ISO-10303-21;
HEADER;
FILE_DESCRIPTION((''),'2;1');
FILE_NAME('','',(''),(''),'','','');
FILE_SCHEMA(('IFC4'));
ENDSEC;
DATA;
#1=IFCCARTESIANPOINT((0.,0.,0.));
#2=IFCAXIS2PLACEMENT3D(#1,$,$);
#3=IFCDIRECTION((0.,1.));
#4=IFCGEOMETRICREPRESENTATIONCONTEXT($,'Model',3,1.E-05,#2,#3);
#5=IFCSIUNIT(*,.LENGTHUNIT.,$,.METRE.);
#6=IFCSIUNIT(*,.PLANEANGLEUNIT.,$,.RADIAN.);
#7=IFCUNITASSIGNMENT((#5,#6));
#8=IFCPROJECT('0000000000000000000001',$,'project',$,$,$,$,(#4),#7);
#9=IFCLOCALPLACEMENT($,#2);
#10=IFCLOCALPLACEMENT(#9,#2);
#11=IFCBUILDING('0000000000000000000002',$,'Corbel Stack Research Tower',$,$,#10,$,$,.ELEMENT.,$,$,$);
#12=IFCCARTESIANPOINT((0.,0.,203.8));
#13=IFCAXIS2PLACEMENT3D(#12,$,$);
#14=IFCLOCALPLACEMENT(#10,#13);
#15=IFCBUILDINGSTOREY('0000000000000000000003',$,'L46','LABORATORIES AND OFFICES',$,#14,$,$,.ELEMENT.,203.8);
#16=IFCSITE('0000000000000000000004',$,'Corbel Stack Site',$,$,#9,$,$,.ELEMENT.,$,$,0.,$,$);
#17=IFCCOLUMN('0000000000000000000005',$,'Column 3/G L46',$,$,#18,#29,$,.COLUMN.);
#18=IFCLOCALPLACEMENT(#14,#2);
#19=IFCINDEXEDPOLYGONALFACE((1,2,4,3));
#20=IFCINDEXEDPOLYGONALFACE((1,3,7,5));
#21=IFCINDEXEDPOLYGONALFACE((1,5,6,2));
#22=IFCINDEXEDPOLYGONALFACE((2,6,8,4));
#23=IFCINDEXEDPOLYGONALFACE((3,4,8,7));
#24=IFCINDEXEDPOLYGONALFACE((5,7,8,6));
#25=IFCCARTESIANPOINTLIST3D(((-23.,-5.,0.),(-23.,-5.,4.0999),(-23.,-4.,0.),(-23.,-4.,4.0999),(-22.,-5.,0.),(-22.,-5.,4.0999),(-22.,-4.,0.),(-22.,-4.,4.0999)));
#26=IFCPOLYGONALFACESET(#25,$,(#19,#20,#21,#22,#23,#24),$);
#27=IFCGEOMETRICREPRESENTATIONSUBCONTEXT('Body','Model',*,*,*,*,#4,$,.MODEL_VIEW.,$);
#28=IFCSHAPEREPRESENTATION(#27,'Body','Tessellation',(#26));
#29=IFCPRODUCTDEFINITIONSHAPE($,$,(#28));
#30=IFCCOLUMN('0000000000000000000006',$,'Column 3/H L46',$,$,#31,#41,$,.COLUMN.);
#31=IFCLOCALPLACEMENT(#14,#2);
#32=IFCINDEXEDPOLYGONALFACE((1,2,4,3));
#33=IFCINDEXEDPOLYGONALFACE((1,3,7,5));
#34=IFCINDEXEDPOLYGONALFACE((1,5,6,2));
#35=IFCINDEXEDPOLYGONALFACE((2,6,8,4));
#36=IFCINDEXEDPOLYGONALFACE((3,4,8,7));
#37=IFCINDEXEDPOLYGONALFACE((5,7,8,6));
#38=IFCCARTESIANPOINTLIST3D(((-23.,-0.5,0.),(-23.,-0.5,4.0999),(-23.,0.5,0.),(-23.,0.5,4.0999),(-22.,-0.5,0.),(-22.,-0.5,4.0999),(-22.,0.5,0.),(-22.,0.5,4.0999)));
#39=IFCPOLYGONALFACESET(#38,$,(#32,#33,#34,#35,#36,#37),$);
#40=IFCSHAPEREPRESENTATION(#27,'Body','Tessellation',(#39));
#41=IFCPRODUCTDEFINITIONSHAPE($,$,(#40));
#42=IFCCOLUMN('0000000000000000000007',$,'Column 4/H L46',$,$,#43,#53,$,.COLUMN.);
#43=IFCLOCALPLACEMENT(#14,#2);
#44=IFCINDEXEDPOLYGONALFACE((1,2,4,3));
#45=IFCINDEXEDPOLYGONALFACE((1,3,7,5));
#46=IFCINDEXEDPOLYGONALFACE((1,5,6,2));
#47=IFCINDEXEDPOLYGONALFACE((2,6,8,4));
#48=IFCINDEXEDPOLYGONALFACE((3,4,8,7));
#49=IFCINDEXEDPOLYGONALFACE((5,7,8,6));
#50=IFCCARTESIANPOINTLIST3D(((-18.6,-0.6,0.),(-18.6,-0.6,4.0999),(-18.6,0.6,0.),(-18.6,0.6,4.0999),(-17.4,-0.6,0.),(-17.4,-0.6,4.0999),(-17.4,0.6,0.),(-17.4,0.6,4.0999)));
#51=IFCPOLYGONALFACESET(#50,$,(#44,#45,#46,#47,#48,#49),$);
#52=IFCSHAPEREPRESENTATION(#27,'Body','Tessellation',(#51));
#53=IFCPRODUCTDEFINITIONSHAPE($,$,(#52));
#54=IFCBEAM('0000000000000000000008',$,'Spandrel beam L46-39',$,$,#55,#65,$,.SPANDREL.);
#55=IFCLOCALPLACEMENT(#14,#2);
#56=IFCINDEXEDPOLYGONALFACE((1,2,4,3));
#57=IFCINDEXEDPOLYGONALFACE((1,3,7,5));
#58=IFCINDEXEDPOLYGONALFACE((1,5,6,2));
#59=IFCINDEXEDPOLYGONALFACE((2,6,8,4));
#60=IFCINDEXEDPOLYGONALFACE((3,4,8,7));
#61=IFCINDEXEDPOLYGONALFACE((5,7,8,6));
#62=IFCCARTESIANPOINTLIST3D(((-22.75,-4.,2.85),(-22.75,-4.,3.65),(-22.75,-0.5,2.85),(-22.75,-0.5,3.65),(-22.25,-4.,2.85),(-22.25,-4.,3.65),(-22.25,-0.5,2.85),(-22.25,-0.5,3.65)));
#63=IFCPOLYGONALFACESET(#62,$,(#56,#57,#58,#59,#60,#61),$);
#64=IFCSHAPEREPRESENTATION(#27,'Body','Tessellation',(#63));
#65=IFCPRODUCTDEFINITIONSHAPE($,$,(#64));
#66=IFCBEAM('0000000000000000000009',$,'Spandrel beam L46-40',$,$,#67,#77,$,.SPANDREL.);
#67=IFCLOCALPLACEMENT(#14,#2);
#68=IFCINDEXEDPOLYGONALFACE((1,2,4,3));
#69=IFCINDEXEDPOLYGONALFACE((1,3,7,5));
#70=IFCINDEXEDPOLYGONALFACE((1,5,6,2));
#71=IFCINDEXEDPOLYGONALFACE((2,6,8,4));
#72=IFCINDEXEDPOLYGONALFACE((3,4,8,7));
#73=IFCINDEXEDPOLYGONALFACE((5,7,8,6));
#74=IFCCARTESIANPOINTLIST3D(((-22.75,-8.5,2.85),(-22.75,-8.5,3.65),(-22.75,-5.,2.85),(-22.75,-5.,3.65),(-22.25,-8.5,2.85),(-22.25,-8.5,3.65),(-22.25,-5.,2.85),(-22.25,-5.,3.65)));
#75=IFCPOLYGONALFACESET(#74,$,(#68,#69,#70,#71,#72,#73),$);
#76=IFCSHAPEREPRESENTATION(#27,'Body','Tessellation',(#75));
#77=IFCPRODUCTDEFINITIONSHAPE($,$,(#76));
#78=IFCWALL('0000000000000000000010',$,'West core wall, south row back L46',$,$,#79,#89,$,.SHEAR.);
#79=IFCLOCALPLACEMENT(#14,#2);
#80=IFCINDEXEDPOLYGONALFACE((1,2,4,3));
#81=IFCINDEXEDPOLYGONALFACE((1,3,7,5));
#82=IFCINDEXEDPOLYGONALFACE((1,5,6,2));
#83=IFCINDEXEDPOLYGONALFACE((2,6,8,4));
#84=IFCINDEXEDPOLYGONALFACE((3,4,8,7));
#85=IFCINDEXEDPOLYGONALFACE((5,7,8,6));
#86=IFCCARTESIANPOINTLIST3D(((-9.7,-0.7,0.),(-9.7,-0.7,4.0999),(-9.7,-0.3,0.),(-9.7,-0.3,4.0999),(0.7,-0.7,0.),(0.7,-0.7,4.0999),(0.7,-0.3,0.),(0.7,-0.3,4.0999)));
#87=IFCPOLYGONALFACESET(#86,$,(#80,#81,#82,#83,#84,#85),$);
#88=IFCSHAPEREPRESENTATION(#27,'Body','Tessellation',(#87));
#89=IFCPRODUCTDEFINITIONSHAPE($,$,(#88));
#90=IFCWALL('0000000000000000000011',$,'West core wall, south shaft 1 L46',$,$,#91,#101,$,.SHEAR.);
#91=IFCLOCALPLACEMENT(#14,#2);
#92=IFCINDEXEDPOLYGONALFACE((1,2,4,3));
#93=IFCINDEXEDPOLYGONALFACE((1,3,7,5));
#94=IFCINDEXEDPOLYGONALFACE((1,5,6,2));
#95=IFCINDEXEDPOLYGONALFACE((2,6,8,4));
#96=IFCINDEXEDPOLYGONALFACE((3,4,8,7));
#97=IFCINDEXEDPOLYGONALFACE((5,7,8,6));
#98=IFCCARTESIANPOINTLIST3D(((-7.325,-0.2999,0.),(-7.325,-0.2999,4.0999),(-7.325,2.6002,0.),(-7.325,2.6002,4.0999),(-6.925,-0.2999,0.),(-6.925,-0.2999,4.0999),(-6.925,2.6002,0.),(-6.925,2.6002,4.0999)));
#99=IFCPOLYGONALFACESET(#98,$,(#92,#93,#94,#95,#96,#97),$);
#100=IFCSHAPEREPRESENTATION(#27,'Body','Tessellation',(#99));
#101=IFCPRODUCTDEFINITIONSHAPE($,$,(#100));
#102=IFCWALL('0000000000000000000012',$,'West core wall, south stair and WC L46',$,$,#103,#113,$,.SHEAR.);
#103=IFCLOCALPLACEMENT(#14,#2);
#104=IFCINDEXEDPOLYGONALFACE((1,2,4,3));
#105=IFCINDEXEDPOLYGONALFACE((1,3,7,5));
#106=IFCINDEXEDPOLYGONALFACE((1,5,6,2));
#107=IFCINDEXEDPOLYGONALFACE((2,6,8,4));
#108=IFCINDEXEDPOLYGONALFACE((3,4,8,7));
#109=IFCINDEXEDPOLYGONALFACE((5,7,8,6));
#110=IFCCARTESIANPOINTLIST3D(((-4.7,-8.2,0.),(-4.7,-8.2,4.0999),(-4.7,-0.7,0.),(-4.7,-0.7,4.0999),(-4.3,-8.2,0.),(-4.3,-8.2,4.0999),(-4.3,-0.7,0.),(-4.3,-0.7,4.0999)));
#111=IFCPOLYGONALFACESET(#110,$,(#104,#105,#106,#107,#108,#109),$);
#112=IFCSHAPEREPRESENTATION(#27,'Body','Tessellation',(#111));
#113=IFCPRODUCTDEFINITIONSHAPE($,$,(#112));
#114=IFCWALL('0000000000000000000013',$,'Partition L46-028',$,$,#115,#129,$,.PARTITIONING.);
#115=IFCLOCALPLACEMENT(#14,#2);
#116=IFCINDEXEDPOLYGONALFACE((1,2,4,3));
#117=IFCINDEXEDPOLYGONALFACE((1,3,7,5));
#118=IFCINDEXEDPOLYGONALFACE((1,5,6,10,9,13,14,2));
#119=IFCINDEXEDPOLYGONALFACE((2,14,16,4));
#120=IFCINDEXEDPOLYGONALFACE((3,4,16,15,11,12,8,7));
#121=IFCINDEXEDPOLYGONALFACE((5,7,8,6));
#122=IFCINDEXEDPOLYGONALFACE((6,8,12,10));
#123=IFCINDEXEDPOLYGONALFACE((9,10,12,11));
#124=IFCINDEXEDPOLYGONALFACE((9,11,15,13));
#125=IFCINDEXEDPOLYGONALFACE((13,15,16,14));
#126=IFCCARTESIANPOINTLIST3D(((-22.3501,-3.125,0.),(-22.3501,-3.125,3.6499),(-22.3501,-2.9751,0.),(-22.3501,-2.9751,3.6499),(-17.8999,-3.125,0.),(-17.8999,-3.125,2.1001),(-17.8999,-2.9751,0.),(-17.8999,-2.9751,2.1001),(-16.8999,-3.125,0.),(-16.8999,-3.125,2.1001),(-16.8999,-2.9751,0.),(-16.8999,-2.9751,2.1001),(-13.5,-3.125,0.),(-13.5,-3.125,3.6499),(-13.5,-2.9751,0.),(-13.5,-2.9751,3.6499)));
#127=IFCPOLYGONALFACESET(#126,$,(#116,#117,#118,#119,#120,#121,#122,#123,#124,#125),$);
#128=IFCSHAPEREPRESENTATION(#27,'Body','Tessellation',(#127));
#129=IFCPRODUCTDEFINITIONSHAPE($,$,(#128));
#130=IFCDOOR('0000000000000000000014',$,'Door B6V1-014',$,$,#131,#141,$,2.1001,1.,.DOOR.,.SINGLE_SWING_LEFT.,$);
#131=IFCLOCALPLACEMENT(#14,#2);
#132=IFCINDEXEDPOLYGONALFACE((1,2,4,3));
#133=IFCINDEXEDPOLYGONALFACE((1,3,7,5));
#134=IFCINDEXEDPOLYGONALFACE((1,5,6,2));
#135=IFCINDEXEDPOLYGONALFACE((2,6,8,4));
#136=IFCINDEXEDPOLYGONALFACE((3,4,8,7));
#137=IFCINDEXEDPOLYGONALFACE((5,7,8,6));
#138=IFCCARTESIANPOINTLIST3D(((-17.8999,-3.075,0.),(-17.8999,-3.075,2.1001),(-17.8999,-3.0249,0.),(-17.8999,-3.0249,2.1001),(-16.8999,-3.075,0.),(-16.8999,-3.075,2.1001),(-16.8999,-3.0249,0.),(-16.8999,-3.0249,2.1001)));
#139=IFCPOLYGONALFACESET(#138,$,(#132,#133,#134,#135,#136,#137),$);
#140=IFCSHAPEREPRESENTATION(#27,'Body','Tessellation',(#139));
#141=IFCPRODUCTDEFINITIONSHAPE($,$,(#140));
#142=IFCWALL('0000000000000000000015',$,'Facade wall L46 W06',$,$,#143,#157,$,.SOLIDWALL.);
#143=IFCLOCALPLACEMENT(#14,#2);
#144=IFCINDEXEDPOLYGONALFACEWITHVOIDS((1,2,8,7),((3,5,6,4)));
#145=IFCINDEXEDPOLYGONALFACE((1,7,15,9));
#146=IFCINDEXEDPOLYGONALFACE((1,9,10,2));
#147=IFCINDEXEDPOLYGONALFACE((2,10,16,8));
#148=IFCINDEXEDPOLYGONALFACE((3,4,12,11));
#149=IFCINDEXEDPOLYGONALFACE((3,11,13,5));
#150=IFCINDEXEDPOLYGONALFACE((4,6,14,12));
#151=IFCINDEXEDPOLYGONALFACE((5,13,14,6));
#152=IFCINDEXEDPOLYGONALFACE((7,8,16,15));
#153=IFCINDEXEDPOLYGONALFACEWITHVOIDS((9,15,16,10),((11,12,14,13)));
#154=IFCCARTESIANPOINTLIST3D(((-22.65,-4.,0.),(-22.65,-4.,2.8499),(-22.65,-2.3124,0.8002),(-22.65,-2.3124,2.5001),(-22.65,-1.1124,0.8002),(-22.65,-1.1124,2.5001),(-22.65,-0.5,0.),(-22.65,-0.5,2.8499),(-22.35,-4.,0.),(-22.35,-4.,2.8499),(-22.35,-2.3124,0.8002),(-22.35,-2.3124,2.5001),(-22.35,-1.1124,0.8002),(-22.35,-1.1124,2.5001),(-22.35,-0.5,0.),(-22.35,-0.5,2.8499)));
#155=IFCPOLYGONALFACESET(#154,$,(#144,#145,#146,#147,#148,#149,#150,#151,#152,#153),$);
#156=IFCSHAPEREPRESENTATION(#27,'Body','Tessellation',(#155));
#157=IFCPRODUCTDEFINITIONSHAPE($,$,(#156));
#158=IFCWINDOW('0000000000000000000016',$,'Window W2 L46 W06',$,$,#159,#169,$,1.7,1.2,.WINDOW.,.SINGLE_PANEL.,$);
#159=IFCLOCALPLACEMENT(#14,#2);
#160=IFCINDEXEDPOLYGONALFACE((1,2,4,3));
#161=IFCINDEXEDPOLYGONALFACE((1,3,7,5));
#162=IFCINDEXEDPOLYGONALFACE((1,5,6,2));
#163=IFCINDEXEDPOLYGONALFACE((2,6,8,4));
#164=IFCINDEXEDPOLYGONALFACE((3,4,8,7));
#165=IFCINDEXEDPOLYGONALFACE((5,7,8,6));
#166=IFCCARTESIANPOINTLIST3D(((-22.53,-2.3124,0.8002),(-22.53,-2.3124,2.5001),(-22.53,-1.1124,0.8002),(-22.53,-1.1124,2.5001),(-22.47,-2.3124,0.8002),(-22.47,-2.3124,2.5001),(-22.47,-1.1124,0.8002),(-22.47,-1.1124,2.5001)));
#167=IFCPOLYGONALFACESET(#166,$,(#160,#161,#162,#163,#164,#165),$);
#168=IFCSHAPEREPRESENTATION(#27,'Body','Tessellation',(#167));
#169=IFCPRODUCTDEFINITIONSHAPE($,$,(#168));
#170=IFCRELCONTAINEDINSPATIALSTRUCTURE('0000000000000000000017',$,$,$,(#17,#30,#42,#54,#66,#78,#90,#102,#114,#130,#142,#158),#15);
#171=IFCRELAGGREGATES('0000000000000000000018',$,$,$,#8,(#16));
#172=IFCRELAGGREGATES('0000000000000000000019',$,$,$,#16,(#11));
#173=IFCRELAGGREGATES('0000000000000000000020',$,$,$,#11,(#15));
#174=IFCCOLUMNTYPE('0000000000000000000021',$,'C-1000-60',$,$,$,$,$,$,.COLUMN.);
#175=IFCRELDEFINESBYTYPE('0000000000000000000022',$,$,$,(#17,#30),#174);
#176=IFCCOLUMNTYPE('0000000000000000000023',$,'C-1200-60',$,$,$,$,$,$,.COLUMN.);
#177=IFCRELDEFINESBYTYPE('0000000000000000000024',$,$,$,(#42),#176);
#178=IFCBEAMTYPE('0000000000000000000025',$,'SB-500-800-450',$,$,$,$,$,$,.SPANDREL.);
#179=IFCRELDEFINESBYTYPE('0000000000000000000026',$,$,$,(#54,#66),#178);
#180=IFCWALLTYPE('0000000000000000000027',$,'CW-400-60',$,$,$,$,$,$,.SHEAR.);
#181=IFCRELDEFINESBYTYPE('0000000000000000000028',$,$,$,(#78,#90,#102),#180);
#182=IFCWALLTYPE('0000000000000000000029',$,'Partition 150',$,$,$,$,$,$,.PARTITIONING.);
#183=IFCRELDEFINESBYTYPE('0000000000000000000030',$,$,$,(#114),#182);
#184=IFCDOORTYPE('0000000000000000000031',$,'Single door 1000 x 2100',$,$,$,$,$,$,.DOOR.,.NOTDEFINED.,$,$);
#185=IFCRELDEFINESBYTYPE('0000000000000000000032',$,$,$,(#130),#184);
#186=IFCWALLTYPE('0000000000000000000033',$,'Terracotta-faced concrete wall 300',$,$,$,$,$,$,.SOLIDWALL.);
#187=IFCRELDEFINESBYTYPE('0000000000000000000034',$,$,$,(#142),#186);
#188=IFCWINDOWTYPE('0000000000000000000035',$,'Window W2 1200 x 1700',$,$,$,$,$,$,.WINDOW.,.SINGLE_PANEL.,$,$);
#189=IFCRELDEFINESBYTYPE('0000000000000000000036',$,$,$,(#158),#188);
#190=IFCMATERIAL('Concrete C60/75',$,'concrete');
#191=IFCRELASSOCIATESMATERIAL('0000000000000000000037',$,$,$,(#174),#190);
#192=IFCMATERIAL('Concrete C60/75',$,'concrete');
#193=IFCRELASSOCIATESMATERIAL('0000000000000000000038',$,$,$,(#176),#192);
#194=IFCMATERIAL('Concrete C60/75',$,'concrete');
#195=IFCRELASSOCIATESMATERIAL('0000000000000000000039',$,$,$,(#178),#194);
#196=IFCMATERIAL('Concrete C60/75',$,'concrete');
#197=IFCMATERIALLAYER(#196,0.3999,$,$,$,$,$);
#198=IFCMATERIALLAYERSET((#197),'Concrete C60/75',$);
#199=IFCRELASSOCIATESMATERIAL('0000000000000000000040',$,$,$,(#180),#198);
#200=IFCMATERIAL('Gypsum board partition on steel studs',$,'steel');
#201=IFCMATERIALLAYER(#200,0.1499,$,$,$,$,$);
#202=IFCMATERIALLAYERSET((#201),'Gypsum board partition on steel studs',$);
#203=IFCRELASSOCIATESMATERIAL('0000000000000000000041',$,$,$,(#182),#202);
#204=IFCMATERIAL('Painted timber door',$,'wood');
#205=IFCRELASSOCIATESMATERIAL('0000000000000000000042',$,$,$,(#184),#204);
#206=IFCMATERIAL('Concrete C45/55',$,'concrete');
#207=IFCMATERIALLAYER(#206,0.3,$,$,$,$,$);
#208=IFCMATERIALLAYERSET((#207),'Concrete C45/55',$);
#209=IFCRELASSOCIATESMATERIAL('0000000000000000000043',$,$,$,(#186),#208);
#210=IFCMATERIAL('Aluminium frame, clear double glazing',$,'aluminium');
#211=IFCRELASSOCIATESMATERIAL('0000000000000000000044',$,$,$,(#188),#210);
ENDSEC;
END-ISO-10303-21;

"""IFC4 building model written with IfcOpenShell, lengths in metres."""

from ifc_helpers import new_model, si_unit, direction, frame, frame_2d, origin, origin_2d, place, context, subcontext, project, spatial, rectangle, extrude, material, layer, layer_set, material_profile, profile_set, type_object, element, fill, save


model = new_model("IFC4")

# Units and contexts
model_context = context("Model", 3, precision=1e-05, world=origin(), true_north=direction((0.0, 1.0)))
body_context = subcontext(model_context, "Body", "Model", "MODEL_VIEW")
ifc_project = project(units=[si_unit("LENGTHUNIT", "METRE"), si_unit("PLANEANGLEUNIT", "RADIAN")], contexts=[model_context])

# Site, building, storey
site_placement = place(None, origin())
site = spatial("IfcSite", under=ifc_project, at=site_placement, Name="Corbel Stack Site", CompositionType="ELEMENT", RefElevation=0.0)
building_placement = place(site_placement, origin())
building = spatial("IfcBuilding", under=site, at=building_placement, Name="Corbel Stack Research Tower", CompositionType="ELEMENT")
storey_placement = place(building_placement, frame((0.0, 0.0, 203.8)))
storey = spatial("IfcBuildingStorey", under=building, at=storey_placement, Name="L46", Description="LABORATORIES AND OFFICES", CompositionType="ELEMENT", Elevation=203.8)

# Columns
ifc_material_1 = material(Name="Concrete C60/75", Category="concrete")
ifc_material_profile_1 = material_profile(ifc_material_1, rectangle(XDim=1.0, YDim=1.0, at=origin_2d()), Name="RC 1000 x 1000")
ifc_profile_set_1 = profile_set([ifc_material_profile_1], Name="Concrete C60/75")
column_type_1 = type_object("IfcColumnType", Name="C-1000-60", PredefinedType="COLUMN", material=ifc_profile_set_1)
for number, where, z_axis, x_axis, name in (
    (1, (-22.5, -4.5, 0.0), (0.0, 0.0, 1.0), (1.0, 0.0, 0.0), "Column 3/G L46"),
    (2, (-22.5, 0.0, 0.0), (0.0, 0.0, 1.0), (1.0, 0.0, 0.0), "Column 3/H L46"),
):
    element("IfcColumn", number, at=place(storey_placement, frame(where, z_axis=z_axis, x_axis=x_axis)), inside=storey, type_object=column_type_1, Name=name, PredefinedType="COLUMN", context=body_context, shape_type="SweptSolid", body=[
        extrude(rectangle(XDim=1.0, YDim=1.0, at=origin_2d()), origin(), (0.0, 0.0, 1.0), 4.0999),
    ])
ifc_material_2 = material(Name="Concrete C60/75", Category="concrete")
ifc_material_profile_2 = material_profile(ifc_material_2, rectangle(XDim=1.2, YDim=1.2, at=origin_2d()), Name="RC 1200 x 1200")
ifc_profile_set_2 = profile_set([ifc_material_profile_2], Name="Concrete C60/75")
column_type_2 = type_object("IfcColumnType", Name="C-1200-60", PredefinedType="COLUMN", material=ifc_profile_set_2)
column_placement = place(storey_placement, frame((-18.0, 0.0, 0.0), z_axis=(0.0, 0.0, 1.0), x_axis=(1.0, 0.0, 0.0)))
element("IfcColumn", 3, at=column_placement, inside=storey, type_object=column_type_2, Name="Column 4/H L46", PredefinedType="COLUMN", context=body_context, shape_type="SweptSolid", body=[
    extrude(rectangle(XDim=1.2, YDim=1.2, at=origin_2d()), origin(), (0.0, 0.0, 1.0), 4.0999),
])

# Beams
ifc_material_3 = material(Name="Concrete C60/75", Category="concrete")
ifc_material_profile_3 = material_profile(ifc_material_3, rectangle(XDim=0.5, YDim=0.8, at=origin_2d()), Name="RC 500 x 800")
ifc_profile_set_3 = profile_set([ifc_material_profile_3], Name="Concrete C60/75")
beam_type = type_object("IfcBeamType", Name="SB-500-800-450", PredefinedType="SPANDREL", material=ifc_profile_set_3)
for number, where, z_axis, x_axis, name in (
    (4, (-22.5, -0.5, 3.25), (0.0, -1.0, 0.0), (1.0, 0.0, 0.0), "Spandrel beam L46-39"),
    (5, (-22.5, -5.0, 3.25), (0.0, -1.0, 0.0), (1.0, 0.0, 0.0), "Spandrel beam L46-40"),
):
    element("IfcBeam", number, at=place(storey_placement, frame(where, z_axis=z_axis, x_axis=x_axis)), inside=storey, type_object=beam_type, Name=name, PredefinedType="SPANDREL", context=body_context, shape_type="SweptSolid", body=[
        extrude(rectangle(XDim=0.5, YDim=0.8, at=origin_2d()), origin(), (0.0, 0.0, 1.0), 3.5),
    ])

# Walls
ifc_material_4 = material(Name="Concrete C60/75", Category="concrete")
ifc_layer_1 = layer(ifc_material_4, 0.3999)
ifc_layer_set_1 = layer_set([ifc_layer_1], Name="Concrete C60/75")
wall_type_1 = type_object("IfcWallType", Name="CW-400-60", PredefinedType="SHEAR", material=ifc_layer_set_1)
wall_1_placement = place(storey_placement, frame((-9.7, -0.5, 0.0), z_axis=(0.0, 0.0, 1.0), x_axis=(1.0, 0.0, 0.0)))
element("IfcWall", 6, at=wall_1_placement, inside=storey, type_object=wall_type_1, Name="West core wall, south row back L46", PredefinedType="SHEAR", context=body_context, shape_type="SweptSolid", body=[
    extrude(rectangle(XDim=10.3999, YDim=0.3999, at=frame_2d((5.2, 0.0))), origin(), (0.0, 0.0, 1.0), 4.0999),
])
wall_2_placement = place(storey_placement, frame((-7.125, -0.3, 0.0), z_axis=(0.0, 0.0, 1.0), x_axis=(0.0, 1.0, 0.0)))
element("IfcWall", 7, at=wall_2_placement, inside=storey, type_object=wall_type_1, Name="West core wall, south shaft 1 L46", PredefinedType="SHEAR", context=body_context, shape_type="SweptSolid", body=[
    extrude(rectangle(XDim=2.9001, YDim=0.3999, at=frame_2d((1.4502, 0.0))), origin(), (0.0, 0.0, 1.0), 4.0999),
])
wall_3_placement = place(storey_placement, frame((-4.5, -8.2, 0.0), z_axis=(0.0, 0.0, 1.0), x_axis=(0.0, 1.0, 0.0)))
element("IfcWall", 8, at=wall_3_placement, inside=storey, type_object=wall_type_1, Name="West core wall, south stair and WC L46", PredefinedType="SHEAR", context=body_context, shape_type="SweptSolid", body=[
    extrude(rectangle(XDim=7.5, YDim=0.3999, at=frame_2d((3.75, 0.0))), origin(), (0.0, 0.0, 1.0), 4.0999),
])

# Wall, opening, door
ifc_material_5 = material(Name="Gypsum board partition on steel studs", Category="steel")
ifc_layer_2 = layer(ifc_material_5, 0.1499)
ifc_layer_set_2 = layer_set([ifc_layer_2], Name="Gypsum board partition on steel studs")
wall_type_2 = type_object("IfcWallType", Name="Partition 150", PredefinedType="PARTITIONING", material=ifc_layer_set_2)
wall_4_placement = place(storey_placement, frame((-13.5, -3.05, 0.0), z_axis=(0.0, 0.0, 1.0), x_axis=(-1.0, 0.0, 0.0)))
wall_4 = element("IfcWall", 9, at=wall_4_placement, inside=storey, type_object=wall_type_2, Name="Partition L46-028", PredefinedType="PARTITIONING", context=body_context, shape_type="SweptSolid", body=[
    extrude(rectangle(XDim=8.8501, YDim=0.1499, at=frame_2d((4.425, 0.0))), origin(), (0.0, 0.0, 1.0), 3.6499),
])
opening_1_placement = place(wall_4_placement, frame((3.3999, 0.0, 0.0)))
opening_1 = element("IfcOpeningElement", 10, at=opening_1_placement, cuts=wall_4, PredefinedType="OPENING", context=body_context, shape_type="SweptSolid", body=[
    extrude(rectangle(XDim=1.0, YDim=2.1001, at=frame_2d((0.5, 1.05))), frame((0.0, 0.085, 0.0), z_axis=(0.0, -1.0, 0.0), x_axis=(1.0, 0.0, 0.0)), (0.0, 0.0, 1.0), 0.1699),
])
ifc_material_6 = material(Name="Painted timber door", Category="wood")
door_type = type_object("IfcDoorType", Name="Single door 1000 x 2100", OperationType="NOTDEFINED", PredefinedType="DOOR", material=ifc_material_6)
door_placement = place(opening_1_placement, origin())
door = element("IfcDoor", 11, at=door_placement, inside=storey, type_object=door_type, Name="Door B6V1-014", OperationType="SINGLE_SWING_LEFT", OverallHeight=2.1001, OverallWidth=1.0, PredefinedType="DOOR", context=body_context, shape_type="SweptSolid", body=[
    extrude(rectangle(XDim=1.0, YDim=2.1001, at=frame_2d((0.5, 1.05))), frame((0.0, 0.0249, 0.0), z_axis=(0.0, -1.0, 0.0), x_axis=(1.0, 0.0, 0.0)), (0.0, 0.0, 1.0), 0.05),
])
fill(opening_1, door)

# Wall, opening, window
ifc_material_7 = material(Name="Concrete C45/55", Category="concrete")
ifc_layer_3 = layer(ifc_material_7, 0.3)
ifc_layer_set_3 = layer_set([ifc_layer_3], Name="Concrete C45/55")
wall_type_3 = type_object("IfcWallType", Name="Terracotta-faced concrete wall 300", PredefinedType="SOLIDWALL", material=ifc_layer_set_3)
wall_5_placement = place(storey_placement, frame((-22.5, -4.0, 0.0), z_axis=(0.0, 0.0, 1.0), x_axis=(0.0, 1.0, 0.0)))
wall_5 = element("IfcWall", 12, at=wall_5_placement, inside=storey, type_object=wall_type_3, Name="Facade wall L46 W06", PredefinedType="SOLIDWALL", context=body_context, shape_type="SweptSolid", body=[
    extrude(rectangle(XDim=3.5, YDim=0.3, at=frame_2d((1.75, 0.0))), origin(), (0.0, 0.0, 1.0), 2.8499),
])
opening_2_placement = place(wall_5_placement, frame((1.6875, 0.0, 0.8)))
opening_2 = element("IfcOpeningElement", 13, at=opening_2_placement, cuts=wall_5, PredefinedType="OPENING", context=body_context, shape_type="SweptSolid", body=[
    extrude(rectangle(XDim=1.2, YDim=1.7, at=frame_2d((0.6001, 0.8501))), frame((0.0, 0.1599, 0.0), z_axis=(0.0, -1.0, 0.0), x_axis=(1.0, 0.0, 0.0)), (0.0, 0.0, 1.0), 0.3201),
])
ifc_material_8 = material(Name="Aluminium frame, clear double glazing", Category="aluminium")
window_type = type_object("IfcWindowType", Name="Window W2 1200 x 1700", PartitioningType="SINGLE_PANEL", PredefinedType="WINDOW", material=ifc_material_8)
window_placement = place(opening_2_placement, origin())
window = element("IfcWindow", 14, at=window_placement, inside=storey, type_object=window_type, Name="Window W2 L46 W06", OverallHeight=1.7, OverallWidth=1.2, PartitioningType="SINGLE_PANEL", PredefinedType="WINDOW", context=body_context, shape_type="SweptSolid", body=[
    extrude(rectangle(XDim=1.2, YDim=1.7, at=frame_2d((0.6001, 0.8501))), frame((0.0, 0.03, 0.0), z_axis=(0.0, -1.0, 0.0), x_axis=(1.0, 0.0, 0.0)), (0.0, 0.0, 1.0), 0.0601),
])
fill(opening_2, window)

save(model, "model.ifc")
